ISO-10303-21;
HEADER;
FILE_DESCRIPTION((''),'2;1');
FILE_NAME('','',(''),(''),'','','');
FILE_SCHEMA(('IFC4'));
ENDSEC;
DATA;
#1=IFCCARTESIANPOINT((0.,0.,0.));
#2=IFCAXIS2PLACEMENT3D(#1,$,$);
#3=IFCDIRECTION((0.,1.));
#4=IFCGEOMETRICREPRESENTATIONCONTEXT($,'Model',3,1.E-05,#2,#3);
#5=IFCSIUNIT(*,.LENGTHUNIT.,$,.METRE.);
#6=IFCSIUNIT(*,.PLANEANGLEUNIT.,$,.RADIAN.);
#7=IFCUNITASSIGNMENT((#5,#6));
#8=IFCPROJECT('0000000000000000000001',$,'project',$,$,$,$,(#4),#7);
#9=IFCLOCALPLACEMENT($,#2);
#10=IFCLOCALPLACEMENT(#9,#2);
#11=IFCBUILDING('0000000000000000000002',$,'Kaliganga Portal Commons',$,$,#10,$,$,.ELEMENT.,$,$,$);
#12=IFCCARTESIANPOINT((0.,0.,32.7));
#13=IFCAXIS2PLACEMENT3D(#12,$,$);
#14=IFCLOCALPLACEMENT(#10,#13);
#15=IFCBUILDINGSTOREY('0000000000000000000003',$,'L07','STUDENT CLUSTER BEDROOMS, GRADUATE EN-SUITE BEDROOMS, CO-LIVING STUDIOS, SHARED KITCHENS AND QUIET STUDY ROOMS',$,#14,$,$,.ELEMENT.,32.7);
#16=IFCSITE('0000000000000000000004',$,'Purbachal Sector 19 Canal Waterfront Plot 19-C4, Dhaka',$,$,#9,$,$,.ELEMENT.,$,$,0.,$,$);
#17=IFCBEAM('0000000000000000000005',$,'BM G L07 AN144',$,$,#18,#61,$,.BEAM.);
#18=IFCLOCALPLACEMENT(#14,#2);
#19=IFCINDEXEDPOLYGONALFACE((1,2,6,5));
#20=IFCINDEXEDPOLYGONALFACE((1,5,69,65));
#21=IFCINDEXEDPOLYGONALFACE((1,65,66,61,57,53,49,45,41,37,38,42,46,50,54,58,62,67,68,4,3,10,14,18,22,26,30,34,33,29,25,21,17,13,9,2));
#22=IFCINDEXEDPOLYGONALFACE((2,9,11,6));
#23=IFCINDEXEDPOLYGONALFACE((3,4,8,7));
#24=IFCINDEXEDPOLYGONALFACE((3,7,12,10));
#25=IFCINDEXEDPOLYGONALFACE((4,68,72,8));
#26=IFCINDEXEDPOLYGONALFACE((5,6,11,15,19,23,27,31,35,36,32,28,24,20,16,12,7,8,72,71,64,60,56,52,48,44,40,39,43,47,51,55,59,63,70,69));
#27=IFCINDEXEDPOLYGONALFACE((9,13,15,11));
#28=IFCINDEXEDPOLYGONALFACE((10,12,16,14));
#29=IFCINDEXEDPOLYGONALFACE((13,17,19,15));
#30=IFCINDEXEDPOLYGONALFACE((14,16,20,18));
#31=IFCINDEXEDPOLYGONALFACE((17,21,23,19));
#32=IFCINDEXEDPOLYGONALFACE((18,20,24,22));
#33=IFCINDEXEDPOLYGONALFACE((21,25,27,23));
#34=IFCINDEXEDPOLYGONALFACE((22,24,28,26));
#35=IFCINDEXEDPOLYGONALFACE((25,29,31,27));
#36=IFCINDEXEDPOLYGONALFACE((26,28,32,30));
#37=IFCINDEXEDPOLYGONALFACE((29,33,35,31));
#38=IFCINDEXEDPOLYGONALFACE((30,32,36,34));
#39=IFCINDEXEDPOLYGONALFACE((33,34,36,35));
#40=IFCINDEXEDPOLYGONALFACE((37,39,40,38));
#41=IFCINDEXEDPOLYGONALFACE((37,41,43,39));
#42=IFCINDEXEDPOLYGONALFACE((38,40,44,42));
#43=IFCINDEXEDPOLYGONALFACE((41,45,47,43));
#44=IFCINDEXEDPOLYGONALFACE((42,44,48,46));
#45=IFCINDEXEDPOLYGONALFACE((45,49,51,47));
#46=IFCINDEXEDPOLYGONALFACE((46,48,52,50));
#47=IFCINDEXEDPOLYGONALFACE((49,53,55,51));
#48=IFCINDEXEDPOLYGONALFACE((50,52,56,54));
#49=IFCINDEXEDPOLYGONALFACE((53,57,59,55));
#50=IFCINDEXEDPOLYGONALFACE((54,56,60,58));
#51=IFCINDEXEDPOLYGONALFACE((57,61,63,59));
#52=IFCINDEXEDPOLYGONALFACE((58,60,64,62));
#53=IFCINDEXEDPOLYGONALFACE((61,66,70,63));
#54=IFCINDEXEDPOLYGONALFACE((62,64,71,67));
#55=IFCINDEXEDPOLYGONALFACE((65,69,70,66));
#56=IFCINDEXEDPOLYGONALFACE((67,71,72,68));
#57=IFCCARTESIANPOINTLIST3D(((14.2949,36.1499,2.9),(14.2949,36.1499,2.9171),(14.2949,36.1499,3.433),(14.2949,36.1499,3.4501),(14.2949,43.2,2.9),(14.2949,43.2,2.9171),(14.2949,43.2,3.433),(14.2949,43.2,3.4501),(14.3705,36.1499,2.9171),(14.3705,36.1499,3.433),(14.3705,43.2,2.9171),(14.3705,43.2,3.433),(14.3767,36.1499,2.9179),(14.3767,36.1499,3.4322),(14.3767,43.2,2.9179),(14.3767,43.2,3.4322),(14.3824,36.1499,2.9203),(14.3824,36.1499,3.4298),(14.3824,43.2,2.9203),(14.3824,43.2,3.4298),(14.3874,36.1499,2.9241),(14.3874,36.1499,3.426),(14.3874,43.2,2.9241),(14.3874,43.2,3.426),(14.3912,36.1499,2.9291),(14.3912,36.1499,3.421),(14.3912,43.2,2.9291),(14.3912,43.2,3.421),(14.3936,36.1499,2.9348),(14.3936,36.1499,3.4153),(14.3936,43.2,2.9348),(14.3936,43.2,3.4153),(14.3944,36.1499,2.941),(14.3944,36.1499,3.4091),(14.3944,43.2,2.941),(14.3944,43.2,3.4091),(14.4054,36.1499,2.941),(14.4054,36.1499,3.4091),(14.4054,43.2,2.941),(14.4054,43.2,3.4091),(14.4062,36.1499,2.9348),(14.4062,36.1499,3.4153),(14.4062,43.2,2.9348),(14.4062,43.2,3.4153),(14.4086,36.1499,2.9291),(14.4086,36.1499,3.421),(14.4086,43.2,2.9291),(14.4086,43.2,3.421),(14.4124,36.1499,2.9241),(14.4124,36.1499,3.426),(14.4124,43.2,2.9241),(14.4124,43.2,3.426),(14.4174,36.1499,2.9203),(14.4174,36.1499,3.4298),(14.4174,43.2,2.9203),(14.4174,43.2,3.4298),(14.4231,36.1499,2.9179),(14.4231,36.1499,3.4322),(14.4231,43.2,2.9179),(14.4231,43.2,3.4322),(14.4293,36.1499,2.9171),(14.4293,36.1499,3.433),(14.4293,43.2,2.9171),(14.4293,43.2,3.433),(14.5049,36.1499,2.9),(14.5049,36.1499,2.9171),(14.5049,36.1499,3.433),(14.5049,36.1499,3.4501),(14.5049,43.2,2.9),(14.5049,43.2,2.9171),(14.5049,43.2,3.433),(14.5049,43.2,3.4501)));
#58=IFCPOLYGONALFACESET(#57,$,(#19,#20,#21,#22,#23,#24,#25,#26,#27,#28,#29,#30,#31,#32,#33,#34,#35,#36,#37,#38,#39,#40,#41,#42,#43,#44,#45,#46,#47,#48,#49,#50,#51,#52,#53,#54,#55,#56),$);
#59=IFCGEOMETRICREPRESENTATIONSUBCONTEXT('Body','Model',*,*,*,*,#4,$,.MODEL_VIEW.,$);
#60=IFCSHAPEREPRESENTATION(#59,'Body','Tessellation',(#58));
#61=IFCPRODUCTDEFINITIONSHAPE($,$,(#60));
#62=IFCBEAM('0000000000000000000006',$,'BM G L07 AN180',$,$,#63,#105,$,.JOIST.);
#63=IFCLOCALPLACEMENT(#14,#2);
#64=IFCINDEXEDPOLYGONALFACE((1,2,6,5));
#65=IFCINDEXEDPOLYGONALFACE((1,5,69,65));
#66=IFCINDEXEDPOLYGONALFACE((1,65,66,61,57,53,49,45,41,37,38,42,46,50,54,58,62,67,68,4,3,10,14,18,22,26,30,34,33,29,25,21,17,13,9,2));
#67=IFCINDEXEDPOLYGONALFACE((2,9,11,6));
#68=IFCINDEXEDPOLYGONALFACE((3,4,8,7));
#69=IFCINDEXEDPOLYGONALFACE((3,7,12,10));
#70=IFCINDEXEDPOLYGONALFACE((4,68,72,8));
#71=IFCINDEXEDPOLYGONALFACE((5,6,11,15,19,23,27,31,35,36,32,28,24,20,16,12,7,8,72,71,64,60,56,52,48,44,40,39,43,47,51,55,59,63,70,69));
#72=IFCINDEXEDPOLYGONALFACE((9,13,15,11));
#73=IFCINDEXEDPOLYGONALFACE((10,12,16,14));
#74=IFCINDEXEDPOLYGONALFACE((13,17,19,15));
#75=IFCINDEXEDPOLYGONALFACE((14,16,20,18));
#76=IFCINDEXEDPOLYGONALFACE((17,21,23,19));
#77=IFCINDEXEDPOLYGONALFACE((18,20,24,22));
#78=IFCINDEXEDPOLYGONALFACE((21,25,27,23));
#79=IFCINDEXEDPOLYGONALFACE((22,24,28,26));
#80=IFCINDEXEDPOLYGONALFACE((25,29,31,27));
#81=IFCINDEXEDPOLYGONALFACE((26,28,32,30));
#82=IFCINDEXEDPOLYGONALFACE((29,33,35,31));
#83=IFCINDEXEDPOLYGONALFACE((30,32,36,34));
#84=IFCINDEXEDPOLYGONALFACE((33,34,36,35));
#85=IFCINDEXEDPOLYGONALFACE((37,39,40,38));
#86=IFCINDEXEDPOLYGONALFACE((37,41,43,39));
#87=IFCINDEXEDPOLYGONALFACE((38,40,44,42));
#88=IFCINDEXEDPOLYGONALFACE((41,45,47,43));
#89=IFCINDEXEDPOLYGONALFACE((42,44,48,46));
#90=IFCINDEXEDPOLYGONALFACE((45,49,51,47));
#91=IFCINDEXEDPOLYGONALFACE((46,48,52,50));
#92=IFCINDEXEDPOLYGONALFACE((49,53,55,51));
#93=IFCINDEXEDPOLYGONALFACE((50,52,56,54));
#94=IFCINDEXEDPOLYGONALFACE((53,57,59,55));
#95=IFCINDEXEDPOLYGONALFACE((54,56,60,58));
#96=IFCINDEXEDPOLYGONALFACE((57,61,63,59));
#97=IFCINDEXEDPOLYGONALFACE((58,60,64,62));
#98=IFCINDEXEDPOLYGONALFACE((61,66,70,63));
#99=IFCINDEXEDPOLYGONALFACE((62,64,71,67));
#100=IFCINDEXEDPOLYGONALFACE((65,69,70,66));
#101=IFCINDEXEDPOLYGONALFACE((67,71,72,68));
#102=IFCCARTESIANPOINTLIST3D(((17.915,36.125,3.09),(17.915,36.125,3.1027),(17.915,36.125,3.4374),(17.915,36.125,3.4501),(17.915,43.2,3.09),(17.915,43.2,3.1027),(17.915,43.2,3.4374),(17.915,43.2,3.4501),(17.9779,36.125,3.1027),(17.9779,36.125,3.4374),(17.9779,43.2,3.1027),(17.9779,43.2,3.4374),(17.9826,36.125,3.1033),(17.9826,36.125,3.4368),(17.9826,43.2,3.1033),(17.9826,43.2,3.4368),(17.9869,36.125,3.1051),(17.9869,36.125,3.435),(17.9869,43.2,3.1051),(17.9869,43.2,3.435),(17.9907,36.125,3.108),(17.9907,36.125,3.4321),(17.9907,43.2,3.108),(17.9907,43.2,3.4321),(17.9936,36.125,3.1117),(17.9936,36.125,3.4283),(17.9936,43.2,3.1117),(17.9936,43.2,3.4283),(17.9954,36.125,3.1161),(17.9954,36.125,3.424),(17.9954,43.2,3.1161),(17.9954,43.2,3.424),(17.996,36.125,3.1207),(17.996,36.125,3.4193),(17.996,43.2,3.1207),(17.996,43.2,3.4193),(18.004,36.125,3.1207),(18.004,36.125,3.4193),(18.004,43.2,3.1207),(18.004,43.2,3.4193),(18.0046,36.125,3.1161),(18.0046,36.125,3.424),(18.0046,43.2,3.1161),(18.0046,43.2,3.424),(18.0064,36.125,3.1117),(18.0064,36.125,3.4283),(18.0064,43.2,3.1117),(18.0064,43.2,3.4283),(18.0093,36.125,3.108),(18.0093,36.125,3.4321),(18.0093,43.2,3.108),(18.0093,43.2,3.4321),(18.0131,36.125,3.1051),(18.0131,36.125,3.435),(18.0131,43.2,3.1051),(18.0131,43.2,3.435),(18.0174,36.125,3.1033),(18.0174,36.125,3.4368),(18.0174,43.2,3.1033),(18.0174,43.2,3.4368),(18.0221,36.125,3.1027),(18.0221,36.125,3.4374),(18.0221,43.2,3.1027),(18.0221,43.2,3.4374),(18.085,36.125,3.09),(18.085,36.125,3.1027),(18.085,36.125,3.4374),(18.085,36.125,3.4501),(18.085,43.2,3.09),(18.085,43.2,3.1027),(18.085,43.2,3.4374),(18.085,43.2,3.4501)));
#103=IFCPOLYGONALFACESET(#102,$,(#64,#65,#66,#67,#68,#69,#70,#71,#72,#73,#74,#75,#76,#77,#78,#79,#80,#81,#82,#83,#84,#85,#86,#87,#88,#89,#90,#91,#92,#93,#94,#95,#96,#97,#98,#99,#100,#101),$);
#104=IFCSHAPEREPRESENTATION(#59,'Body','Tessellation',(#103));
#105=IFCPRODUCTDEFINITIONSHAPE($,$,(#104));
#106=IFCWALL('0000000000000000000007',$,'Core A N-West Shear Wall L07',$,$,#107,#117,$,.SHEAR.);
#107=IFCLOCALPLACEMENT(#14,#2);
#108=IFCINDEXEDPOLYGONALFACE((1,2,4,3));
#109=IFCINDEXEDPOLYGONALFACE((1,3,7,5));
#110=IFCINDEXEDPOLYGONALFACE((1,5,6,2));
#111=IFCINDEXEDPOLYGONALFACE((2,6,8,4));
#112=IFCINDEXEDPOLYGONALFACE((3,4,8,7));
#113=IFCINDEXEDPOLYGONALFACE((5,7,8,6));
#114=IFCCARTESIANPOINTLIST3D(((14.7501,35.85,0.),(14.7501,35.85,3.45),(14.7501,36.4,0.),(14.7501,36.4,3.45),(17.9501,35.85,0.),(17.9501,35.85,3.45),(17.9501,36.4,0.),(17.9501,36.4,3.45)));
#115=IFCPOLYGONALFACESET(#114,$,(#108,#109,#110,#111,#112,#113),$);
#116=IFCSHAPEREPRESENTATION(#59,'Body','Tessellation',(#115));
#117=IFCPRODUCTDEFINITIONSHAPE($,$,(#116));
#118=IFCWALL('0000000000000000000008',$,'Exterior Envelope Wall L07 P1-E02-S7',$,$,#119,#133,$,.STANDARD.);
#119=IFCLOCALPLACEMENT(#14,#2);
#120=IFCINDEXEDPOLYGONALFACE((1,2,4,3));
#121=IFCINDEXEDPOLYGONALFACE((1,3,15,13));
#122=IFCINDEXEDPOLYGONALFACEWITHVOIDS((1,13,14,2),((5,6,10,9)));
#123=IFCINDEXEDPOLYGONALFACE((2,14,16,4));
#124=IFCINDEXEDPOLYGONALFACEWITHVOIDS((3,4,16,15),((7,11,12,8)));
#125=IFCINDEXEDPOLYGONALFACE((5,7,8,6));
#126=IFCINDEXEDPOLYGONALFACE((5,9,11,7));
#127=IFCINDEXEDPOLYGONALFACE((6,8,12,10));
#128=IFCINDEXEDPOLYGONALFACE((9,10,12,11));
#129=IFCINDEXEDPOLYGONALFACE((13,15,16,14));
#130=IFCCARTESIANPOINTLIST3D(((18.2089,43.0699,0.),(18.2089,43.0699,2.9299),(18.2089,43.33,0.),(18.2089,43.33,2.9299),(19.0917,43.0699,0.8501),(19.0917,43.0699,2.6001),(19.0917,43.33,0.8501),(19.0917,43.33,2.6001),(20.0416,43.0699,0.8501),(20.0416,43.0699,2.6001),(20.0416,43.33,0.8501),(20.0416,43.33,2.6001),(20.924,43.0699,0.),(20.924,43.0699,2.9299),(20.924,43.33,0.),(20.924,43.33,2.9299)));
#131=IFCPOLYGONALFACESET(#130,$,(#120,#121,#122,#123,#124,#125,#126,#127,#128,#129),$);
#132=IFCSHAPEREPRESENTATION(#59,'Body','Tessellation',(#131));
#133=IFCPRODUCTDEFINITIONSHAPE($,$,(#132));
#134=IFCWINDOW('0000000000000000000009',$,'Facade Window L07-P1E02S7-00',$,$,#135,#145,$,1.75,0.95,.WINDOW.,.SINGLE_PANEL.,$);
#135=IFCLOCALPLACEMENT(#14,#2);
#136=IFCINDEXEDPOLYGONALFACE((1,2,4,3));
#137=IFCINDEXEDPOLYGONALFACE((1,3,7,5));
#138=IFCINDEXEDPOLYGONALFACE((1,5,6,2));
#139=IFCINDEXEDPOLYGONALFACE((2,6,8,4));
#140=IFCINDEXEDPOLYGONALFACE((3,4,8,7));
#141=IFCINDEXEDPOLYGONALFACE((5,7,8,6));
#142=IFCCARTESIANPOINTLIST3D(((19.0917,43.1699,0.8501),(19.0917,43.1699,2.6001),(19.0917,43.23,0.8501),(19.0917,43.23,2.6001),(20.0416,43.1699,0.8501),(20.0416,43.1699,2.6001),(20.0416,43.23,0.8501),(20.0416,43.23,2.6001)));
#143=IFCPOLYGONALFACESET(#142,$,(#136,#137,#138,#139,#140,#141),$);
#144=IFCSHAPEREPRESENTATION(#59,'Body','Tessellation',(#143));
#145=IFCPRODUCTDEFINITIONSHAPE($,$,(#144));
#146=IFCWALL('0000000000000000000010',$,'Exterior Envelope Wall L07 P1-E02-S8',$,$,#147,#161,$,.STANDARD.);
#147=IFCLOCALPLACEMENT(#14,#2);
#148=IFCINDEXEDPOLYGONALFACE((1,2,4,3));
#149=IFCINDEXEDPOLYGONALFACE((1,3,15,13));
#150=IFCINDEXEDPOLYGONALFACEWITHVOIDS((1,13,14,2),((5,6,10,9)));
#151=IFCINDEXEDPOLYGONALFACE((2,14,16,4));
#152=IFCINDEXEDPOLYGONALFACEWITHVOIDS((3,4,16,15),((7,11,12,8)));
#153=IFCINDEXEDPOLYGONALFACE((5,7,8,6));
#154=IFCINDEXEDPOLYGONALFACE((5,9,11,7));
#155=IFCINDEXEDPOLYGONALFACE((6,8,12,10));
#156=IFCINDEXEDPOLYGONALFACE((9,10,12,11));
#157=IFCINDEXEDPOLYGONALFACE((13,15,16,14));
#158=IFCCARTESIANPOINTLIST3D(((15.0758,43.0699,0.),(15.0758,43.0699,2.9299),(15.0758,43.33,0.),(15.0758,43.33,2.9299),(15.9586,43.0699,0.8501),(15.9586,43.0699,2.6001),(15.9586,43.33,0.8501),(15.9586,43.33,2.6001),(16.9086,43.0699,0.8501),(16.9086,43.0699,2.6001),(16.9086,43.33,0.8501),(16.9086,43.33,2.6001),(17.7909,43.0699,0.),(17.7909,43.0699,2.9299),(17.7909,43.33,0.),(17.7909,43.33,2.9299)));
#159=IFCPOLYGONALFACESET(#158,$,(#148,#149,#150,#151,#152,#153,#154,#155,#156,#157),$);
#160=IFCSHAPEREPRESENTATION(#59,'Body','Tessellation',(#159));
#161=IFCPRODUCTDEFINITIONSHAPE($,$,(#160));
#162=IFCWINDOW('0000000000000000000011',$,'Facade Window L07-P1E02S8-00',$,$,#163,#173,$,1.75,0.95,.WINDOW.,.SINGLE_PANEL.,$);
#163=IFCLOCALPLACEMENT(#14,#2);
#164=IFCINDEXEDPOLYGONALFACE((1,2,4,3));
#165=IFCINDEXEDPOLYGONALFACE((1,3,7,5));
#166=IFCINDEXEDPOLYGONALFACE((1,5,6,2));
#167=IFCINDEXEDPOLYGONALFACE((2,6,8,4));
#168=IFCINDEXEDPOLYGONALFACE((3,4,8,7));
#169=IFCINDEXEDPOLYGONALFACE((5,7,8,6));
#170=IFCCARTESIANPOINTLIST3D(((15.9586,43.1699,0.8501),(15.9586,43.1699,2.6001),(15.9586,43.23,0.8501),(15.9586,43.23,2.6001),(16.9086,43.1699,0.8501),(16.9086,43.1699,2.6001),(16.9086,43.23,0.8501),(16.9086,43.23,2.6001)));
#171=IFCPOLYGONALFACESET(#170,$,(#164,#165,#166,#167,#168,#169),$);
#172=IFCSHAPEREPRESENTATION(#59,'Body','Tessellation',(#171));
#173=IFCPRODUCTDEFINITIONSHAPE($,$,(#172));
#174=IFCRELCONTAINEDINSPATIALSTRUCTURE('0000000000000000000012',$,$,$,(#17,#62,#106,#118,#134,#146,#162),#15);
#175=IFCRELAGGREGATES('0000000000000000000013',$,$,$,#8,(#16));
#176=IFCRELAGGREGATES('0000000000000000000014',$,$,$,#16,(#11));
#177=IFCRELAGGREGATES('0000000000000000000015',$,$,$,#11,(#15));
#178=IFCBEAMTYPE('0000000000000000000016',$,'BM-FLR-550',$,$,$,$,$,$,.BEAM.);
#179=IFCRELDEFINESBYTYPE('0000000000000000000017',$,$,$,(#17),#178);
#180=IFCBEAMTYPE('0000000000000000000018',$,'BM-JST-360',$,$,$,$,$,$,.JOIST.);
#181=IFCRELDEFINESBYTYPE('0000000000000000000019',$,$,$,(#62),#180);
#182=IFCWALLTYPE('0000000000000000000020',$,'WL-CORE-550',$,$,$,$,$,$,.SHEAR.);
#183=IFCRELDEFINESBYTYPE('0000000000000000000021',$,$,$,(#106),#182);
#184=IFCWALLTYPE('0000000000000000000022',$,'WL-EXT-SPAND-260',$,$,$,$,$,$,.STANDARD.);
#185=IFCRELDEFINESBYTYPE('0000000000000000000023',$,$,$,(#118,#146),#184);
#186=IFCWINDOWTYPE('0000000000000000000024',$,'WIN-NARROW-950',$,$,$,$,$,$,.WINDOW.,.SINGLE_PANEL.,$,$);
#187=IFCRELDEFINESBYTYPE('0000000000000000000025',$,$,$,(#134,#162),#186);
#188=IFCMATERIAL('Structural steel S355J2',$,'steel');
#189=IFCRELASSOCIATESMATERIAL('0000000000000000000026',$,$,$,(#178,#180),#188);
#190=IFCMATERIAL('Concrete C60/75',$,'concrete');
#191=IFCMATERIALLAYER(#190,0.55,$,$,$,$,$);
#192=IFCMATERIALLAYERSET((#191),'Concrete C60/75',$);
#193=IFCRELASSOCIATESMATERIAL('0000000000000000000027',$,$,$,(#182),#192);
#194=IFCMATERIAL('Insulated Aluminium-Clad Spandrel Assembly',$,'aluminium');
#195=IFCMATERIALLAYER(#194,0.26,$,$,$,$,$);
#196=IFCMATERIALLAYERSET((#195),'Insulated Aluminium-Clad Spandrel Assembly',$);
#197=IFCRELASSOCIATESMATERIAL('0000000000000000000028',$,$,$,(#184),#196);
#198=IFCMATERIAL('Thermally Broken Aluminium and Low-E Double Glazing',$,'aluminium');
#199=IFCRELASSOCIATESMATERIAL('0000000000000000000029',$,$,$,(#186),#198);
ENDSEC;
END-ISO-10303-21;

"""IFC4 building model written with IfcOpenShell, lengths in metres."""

from ifc_helpers import new_model, si_unit, direction, frame, frame_2d, origin, origin_2d, place, context, subcontext, project, spatial, rectangle, i_section, extrude, source, transform, mapped, material, layer, layer_set, material_profile, profile_set, type_object, element, fill, save


model = new_model("IFC4")

# Units and contexts
model_context = context("Model", 3, precision=1e-05, world=origin(), true_north=direction((0.0, 1.0)))
body_context = subcontext(model_context, "Body", "Model", "MODEL_VIEW")
ifc_project = project(units=[si_unit("LENGTHUNIT", "METRE"), si_unit("PLANEANGLEUNIT", "RADIAN")], contexts=[model_context])

# Site, building, storey
site_placement = place(None, origin())
site = spatial("IfcSite", under=ifc_project, at=site_placement, Name="Purbachal Sector 19 Canal Waterfront Plot 19-C4, Dhaka", CompositionType="ELEMENT", RefElevation=0.0)
building_placement = place(site_placement, origin())
building = spatial("IfcBuilding", under=site, at=building_placement, Name="Kaliganga Portal Commons", CompositionType="ELEMENT")
storey_placement = place(building_placement, frame((0.0, 0.0, 32.7)))
storey = spatial("IfcBuildingStorey", under=building, at=storey_placement, Name="L07", Description="STUDENT CLUSTER BEDROOMS, GRADUATE EN-SUITE BEDROOMS, CO-LIVING STUDIOS, SHARED KITCHENS AND QUIET STUDY ROOMS", CompositionType="ELEMENT", Elevation=32.7)

# Beams
ifc_material_1 = material(Name="Concrete C60/75", Category="concrete")
ifc_material_2 = material(Name="Structural steel S355J2", Category="steel")
ifc_material_profile_1 = material_profile(ifc_material_2, i_section(OverallWidth=0.21, OverallDepth=0.55, WebThickness=0.011, FlangeThickness=0.0171, FilletRadius=0.0239, at=origin_2d()), Name="IPE 550")
ifc_profile_set_1 = profile_set([ifc_material_profile_1], Name="Structural steel S355J2 wide-flange")
beam_type_1 = type_object("IfcBeamType", Name="BM-FLR-550", PredefinedType="BEAM", material=ifc_profile_set_1)
shared_shape_1 = source(origin(), body_context, "Body", "SweptSolid", [
    extrude(i_section(OverallWidth=0.21, OverallDepth=0.55, WebThickness=0.011, FlangeThickness=0.0171, FilletRadius=0.0239, at=origin_2d()), origin(), (0.0, 0.0, 1.0), 7.05),
])
beam_1_placement = place(storey_placement, frame((14.3999, 36.1499, 3.175), z_axis=(0.0, 1.0, 0.0), x_axis=(-1.0, 0.0, 0.0)))
element("IfcBeam", 1, at=beam_1_placement, inside=storey, type_object=beam_type_1, Name="BM G L07 AN144", PredefinedType="BEAM", context=body_context, shape_type="MappedRepresentation", body=[
    mapped(shared_shape_1, transform((0.0, 0.0, 0.0), x_axis=(1.0, 0.0, 0.0), y_axis=(0.0, 1.0, 0.0), z_axis=(0.0, 0.0, 1.0), scale=1.0)),
])
ifc_material_profile_2 = material_profile(ifc_material_2, i_section(OverallWidth=0.1699, OverallDepth=0.3601, WebThickness=0.0081, FlangeThickness=0.0127, FilletRadius=0.0181, at=origin_2d()), Name="IPE 360")
ifc_profile_set_2 = profile_set([ifc_material_profile_2], Name="Structural steel S355J2 wide-flange")
beam_type_2 = type_object("IfcBeamType", Name="BM-JST-360", PredefinedType="JOIST", material=ifc_profile_set_2)
shared_shape_2 = source(origin(), body_context, "Body", "SweptSolid", [
    extrude(i_section(OverallWidth=0.1699, OverallDepth=0.3601, WebThickness=0.0081, FlangeThickness=0.0127, FilletRadius=0.0181, at=origin_2d()), origin(), (0.0, 0.0, 1.0), 7.075),
])
beam_2_placement = place(storey_placement, frame((18.0, 36.125, 3.27), z_axis=(0.0, 1.0, 0.0), x_axis=(-1.0, 0.0, 0.0)))
element("IfcBeam", 2, at=beam_2_placement, inside=storey, type_object=beam_type_2, Name="BM G L07 AN180", PredefinedType="JOIST", context=body_context, shape_type="MappedRepresentation", body=[
    mapped(shared_shape_2, transform((0.0, 0.0, 0.0), x_axis=(1.0, 0.0, 0.0), y_axis=(0.0, 1.0, 0.0), z_axis=(0.0, 0.0, 1.0), scale=1.0)),
])

# Wall
ifc_layer_1 = layer(ifc_material_1, 0.55)
ifc_layer_set_1 = layer_set([ifc_layer_1], Name="Concrete C60/75")
wall_type_1 = type_object("IfcWallType", Name="WL-CORE-550", PredefinedType="SHEAR", material=ifc_layer_set_1)
wall_1_placement = place(storey_placement, frame((14.75, 36.125, 0.0), z_axis=(0.0, 0.0, 1.0), x_axis=(1.0, 0.0, 0.0)))
element("IfcWall", 3, at=wall_1_placement, inside=storey, type_object=wall_type_1, Name="Core A N-West Shear Wall L07", PredefinedType="SHEAR", context=body_context, shape_type="SweptSolid", body=[
    extrude(rectangle(XDim=3.2, YDim=0.55, at=frame_2d((1.6001, 0.0))), origin(), (0.0, 0.0, 1.0), 3.45),
])

# Walls, openings, windows
ifc_material_3 = material(Name="Insulated Aluminium-Clad Spandrel Assembly", Category="aluminium")
ifc_layer_2 = layer(ifc_material_3, 0.26)
ifc_layer_set_2 = layer_set([ifc_layer_2], Name="Insulated Aluminium-Clad Spandrel Assembly")
wall_type_2 = type_object("IfcWallType", Name="WL-EXT-SPAND-260", PredefinedType="STANDARD", material=ifc_layer_set_2)
wall_2_placement = place(storey_placement, frame((18.209, 43.2, 0.0), z_axis=(0.0, 0.0, 1.0), x_axis=(1.0, 0.0, 0.0)))
wall_2 = element("IfcWall", 4, at=wall_2_placement, inside=storey, type_object=wall_type_2, Name="Exterior Envelope Wall L07 P1-E02-S7", PredefinedType="STANDARD", context=body_context, shape_type="SweptSolid", body=[
    extrude(rectangle(XDim=2.7151, YDim=0.26, at=frame_2d((1.3574, 0.0))), origin(), (0.0, 0.0, 1.0), 2.9299),
])
opening_1_placement = place(wall_2_placement, frame((0.8826, 0.0, 0.8501)))
opening_1 = element("IfcOpeningElement", 5, at=opening_1_placement, cuts=wall_2, PredefinedType="OPENING", context=body_context, shape_type="SweptSolid", body=[
    extrude(rectangle(XDim=0.95, YDim=1.75, at=frame_2d((0.4751, 0.875))), frame((0.0, 0.1401, 0.0), z_axis=(0.0, -1.0, 0.0), x_axis=(1.0, 0.0, 0.0)), (0.0, 0.0, 1.0), 0.28),
])
ifc_material_4 = material(Name="Thermally Broken Aluminium and Low-E Double Glazing", Category="aluminium")
window_type = type_object("IfcWindowType", Name="WIN-NARROW-950", PartitioningType="SINGLE_PANEL", PredefinedType="WINDOW", material=ifc_material_4)
window_1_placement = place(opening_1_placement, origin())
window_1 = element("IfcWindow", 6, at=window_1_placement, inside=storey, type_object=window_type, Name="Facade Window L07-P1E02S7-00", OverallHeight=1.75, OverallWidth=0.95, PartitioningType="SINGLE_PANEL", PredefinedType="WINDOW", context=body_context, shape_type="SweptSolid", body=[
    extrude(rectangle(XDim=0.95, YDim=1.75, at=frame_2d((0.4751, 0.875))), frame((0.0, 0.03, 0.0), z_axis=(0.0, -1.0, 0.0), x_axis=(1.0, 0.0, 0.0)), (0.0, 0.0, 1.0), 0.0601),
])
fill(opening_1, window_1)
wall_3_placement = place(storey_placement, frame((15.0759, 43.2, 0.0), z_axis=(0.0, 0.0, 1.0), x_axis=(1.0, 0.0, 0.0)))
wall_3 = element("IfcWall", 7, at=wall_3_placement, inside=storey, type_object=wall_type_2, Name="Exterior Envelope Wall L07 P1-E02-S8", PredefinedType="STANDARD", context=body_context, shape_type="SweptSolid", body=[
    extrude(rectangle(XDim=2.7151, YDim=0.26, at=frame_2d((1.3574, 0.0))), origin(), (0.0, 0.0, 1.0), 2.9299),
])
opening_2_placement = place(wall_3_placement, frame((0.8826, 0.0, 0.8501)))
opening_2 = element("IfcOpeningElement", 8, at=opening_2_placement, cuts=wall_3, PredefinedType="OPENING", context=body_context, shape_type="SweptSolid", body=[
    extrude(rectangle(XDim=0.95, YDim=1.75, at=frame_2d((0.4751, 0.875))), frame((0.0, 0.1401, 0.0), z_axis=(0.0, -1.0, 0.0), x_axis=(1.0, 0.0, 0.0)), (0.0, 0.0, 1.0), 0.28),
])
window_2_placement = place(opening_2_placement, origin())
window_2 = element("IfcWindow", 9, at=window_2_placement, inside=storey, type_object=window_type, Name="Facade Window L07-P1E02S8-00", OverallHeight=1.75, OverallWidth=0.95, PartitioningType="SINGLE_PANEL", PredefinedType="WINDOW", context=body_context, shape_type="SweptSolid", body=[
    extrude(rectangle(XDim=0.95, YDim=1.75, at=frame_2d((0.4751, 0.875))), frame((0.0, 0.03, 0.0), z_axis=(0.0, -1.0, 0.0), x_axis=(1.0, 0.0, 0.0)), (0.0, 0.0, 1.0), 0.0601),
])
fill(opening_2, window_2)

save(model, "model.ifc")
